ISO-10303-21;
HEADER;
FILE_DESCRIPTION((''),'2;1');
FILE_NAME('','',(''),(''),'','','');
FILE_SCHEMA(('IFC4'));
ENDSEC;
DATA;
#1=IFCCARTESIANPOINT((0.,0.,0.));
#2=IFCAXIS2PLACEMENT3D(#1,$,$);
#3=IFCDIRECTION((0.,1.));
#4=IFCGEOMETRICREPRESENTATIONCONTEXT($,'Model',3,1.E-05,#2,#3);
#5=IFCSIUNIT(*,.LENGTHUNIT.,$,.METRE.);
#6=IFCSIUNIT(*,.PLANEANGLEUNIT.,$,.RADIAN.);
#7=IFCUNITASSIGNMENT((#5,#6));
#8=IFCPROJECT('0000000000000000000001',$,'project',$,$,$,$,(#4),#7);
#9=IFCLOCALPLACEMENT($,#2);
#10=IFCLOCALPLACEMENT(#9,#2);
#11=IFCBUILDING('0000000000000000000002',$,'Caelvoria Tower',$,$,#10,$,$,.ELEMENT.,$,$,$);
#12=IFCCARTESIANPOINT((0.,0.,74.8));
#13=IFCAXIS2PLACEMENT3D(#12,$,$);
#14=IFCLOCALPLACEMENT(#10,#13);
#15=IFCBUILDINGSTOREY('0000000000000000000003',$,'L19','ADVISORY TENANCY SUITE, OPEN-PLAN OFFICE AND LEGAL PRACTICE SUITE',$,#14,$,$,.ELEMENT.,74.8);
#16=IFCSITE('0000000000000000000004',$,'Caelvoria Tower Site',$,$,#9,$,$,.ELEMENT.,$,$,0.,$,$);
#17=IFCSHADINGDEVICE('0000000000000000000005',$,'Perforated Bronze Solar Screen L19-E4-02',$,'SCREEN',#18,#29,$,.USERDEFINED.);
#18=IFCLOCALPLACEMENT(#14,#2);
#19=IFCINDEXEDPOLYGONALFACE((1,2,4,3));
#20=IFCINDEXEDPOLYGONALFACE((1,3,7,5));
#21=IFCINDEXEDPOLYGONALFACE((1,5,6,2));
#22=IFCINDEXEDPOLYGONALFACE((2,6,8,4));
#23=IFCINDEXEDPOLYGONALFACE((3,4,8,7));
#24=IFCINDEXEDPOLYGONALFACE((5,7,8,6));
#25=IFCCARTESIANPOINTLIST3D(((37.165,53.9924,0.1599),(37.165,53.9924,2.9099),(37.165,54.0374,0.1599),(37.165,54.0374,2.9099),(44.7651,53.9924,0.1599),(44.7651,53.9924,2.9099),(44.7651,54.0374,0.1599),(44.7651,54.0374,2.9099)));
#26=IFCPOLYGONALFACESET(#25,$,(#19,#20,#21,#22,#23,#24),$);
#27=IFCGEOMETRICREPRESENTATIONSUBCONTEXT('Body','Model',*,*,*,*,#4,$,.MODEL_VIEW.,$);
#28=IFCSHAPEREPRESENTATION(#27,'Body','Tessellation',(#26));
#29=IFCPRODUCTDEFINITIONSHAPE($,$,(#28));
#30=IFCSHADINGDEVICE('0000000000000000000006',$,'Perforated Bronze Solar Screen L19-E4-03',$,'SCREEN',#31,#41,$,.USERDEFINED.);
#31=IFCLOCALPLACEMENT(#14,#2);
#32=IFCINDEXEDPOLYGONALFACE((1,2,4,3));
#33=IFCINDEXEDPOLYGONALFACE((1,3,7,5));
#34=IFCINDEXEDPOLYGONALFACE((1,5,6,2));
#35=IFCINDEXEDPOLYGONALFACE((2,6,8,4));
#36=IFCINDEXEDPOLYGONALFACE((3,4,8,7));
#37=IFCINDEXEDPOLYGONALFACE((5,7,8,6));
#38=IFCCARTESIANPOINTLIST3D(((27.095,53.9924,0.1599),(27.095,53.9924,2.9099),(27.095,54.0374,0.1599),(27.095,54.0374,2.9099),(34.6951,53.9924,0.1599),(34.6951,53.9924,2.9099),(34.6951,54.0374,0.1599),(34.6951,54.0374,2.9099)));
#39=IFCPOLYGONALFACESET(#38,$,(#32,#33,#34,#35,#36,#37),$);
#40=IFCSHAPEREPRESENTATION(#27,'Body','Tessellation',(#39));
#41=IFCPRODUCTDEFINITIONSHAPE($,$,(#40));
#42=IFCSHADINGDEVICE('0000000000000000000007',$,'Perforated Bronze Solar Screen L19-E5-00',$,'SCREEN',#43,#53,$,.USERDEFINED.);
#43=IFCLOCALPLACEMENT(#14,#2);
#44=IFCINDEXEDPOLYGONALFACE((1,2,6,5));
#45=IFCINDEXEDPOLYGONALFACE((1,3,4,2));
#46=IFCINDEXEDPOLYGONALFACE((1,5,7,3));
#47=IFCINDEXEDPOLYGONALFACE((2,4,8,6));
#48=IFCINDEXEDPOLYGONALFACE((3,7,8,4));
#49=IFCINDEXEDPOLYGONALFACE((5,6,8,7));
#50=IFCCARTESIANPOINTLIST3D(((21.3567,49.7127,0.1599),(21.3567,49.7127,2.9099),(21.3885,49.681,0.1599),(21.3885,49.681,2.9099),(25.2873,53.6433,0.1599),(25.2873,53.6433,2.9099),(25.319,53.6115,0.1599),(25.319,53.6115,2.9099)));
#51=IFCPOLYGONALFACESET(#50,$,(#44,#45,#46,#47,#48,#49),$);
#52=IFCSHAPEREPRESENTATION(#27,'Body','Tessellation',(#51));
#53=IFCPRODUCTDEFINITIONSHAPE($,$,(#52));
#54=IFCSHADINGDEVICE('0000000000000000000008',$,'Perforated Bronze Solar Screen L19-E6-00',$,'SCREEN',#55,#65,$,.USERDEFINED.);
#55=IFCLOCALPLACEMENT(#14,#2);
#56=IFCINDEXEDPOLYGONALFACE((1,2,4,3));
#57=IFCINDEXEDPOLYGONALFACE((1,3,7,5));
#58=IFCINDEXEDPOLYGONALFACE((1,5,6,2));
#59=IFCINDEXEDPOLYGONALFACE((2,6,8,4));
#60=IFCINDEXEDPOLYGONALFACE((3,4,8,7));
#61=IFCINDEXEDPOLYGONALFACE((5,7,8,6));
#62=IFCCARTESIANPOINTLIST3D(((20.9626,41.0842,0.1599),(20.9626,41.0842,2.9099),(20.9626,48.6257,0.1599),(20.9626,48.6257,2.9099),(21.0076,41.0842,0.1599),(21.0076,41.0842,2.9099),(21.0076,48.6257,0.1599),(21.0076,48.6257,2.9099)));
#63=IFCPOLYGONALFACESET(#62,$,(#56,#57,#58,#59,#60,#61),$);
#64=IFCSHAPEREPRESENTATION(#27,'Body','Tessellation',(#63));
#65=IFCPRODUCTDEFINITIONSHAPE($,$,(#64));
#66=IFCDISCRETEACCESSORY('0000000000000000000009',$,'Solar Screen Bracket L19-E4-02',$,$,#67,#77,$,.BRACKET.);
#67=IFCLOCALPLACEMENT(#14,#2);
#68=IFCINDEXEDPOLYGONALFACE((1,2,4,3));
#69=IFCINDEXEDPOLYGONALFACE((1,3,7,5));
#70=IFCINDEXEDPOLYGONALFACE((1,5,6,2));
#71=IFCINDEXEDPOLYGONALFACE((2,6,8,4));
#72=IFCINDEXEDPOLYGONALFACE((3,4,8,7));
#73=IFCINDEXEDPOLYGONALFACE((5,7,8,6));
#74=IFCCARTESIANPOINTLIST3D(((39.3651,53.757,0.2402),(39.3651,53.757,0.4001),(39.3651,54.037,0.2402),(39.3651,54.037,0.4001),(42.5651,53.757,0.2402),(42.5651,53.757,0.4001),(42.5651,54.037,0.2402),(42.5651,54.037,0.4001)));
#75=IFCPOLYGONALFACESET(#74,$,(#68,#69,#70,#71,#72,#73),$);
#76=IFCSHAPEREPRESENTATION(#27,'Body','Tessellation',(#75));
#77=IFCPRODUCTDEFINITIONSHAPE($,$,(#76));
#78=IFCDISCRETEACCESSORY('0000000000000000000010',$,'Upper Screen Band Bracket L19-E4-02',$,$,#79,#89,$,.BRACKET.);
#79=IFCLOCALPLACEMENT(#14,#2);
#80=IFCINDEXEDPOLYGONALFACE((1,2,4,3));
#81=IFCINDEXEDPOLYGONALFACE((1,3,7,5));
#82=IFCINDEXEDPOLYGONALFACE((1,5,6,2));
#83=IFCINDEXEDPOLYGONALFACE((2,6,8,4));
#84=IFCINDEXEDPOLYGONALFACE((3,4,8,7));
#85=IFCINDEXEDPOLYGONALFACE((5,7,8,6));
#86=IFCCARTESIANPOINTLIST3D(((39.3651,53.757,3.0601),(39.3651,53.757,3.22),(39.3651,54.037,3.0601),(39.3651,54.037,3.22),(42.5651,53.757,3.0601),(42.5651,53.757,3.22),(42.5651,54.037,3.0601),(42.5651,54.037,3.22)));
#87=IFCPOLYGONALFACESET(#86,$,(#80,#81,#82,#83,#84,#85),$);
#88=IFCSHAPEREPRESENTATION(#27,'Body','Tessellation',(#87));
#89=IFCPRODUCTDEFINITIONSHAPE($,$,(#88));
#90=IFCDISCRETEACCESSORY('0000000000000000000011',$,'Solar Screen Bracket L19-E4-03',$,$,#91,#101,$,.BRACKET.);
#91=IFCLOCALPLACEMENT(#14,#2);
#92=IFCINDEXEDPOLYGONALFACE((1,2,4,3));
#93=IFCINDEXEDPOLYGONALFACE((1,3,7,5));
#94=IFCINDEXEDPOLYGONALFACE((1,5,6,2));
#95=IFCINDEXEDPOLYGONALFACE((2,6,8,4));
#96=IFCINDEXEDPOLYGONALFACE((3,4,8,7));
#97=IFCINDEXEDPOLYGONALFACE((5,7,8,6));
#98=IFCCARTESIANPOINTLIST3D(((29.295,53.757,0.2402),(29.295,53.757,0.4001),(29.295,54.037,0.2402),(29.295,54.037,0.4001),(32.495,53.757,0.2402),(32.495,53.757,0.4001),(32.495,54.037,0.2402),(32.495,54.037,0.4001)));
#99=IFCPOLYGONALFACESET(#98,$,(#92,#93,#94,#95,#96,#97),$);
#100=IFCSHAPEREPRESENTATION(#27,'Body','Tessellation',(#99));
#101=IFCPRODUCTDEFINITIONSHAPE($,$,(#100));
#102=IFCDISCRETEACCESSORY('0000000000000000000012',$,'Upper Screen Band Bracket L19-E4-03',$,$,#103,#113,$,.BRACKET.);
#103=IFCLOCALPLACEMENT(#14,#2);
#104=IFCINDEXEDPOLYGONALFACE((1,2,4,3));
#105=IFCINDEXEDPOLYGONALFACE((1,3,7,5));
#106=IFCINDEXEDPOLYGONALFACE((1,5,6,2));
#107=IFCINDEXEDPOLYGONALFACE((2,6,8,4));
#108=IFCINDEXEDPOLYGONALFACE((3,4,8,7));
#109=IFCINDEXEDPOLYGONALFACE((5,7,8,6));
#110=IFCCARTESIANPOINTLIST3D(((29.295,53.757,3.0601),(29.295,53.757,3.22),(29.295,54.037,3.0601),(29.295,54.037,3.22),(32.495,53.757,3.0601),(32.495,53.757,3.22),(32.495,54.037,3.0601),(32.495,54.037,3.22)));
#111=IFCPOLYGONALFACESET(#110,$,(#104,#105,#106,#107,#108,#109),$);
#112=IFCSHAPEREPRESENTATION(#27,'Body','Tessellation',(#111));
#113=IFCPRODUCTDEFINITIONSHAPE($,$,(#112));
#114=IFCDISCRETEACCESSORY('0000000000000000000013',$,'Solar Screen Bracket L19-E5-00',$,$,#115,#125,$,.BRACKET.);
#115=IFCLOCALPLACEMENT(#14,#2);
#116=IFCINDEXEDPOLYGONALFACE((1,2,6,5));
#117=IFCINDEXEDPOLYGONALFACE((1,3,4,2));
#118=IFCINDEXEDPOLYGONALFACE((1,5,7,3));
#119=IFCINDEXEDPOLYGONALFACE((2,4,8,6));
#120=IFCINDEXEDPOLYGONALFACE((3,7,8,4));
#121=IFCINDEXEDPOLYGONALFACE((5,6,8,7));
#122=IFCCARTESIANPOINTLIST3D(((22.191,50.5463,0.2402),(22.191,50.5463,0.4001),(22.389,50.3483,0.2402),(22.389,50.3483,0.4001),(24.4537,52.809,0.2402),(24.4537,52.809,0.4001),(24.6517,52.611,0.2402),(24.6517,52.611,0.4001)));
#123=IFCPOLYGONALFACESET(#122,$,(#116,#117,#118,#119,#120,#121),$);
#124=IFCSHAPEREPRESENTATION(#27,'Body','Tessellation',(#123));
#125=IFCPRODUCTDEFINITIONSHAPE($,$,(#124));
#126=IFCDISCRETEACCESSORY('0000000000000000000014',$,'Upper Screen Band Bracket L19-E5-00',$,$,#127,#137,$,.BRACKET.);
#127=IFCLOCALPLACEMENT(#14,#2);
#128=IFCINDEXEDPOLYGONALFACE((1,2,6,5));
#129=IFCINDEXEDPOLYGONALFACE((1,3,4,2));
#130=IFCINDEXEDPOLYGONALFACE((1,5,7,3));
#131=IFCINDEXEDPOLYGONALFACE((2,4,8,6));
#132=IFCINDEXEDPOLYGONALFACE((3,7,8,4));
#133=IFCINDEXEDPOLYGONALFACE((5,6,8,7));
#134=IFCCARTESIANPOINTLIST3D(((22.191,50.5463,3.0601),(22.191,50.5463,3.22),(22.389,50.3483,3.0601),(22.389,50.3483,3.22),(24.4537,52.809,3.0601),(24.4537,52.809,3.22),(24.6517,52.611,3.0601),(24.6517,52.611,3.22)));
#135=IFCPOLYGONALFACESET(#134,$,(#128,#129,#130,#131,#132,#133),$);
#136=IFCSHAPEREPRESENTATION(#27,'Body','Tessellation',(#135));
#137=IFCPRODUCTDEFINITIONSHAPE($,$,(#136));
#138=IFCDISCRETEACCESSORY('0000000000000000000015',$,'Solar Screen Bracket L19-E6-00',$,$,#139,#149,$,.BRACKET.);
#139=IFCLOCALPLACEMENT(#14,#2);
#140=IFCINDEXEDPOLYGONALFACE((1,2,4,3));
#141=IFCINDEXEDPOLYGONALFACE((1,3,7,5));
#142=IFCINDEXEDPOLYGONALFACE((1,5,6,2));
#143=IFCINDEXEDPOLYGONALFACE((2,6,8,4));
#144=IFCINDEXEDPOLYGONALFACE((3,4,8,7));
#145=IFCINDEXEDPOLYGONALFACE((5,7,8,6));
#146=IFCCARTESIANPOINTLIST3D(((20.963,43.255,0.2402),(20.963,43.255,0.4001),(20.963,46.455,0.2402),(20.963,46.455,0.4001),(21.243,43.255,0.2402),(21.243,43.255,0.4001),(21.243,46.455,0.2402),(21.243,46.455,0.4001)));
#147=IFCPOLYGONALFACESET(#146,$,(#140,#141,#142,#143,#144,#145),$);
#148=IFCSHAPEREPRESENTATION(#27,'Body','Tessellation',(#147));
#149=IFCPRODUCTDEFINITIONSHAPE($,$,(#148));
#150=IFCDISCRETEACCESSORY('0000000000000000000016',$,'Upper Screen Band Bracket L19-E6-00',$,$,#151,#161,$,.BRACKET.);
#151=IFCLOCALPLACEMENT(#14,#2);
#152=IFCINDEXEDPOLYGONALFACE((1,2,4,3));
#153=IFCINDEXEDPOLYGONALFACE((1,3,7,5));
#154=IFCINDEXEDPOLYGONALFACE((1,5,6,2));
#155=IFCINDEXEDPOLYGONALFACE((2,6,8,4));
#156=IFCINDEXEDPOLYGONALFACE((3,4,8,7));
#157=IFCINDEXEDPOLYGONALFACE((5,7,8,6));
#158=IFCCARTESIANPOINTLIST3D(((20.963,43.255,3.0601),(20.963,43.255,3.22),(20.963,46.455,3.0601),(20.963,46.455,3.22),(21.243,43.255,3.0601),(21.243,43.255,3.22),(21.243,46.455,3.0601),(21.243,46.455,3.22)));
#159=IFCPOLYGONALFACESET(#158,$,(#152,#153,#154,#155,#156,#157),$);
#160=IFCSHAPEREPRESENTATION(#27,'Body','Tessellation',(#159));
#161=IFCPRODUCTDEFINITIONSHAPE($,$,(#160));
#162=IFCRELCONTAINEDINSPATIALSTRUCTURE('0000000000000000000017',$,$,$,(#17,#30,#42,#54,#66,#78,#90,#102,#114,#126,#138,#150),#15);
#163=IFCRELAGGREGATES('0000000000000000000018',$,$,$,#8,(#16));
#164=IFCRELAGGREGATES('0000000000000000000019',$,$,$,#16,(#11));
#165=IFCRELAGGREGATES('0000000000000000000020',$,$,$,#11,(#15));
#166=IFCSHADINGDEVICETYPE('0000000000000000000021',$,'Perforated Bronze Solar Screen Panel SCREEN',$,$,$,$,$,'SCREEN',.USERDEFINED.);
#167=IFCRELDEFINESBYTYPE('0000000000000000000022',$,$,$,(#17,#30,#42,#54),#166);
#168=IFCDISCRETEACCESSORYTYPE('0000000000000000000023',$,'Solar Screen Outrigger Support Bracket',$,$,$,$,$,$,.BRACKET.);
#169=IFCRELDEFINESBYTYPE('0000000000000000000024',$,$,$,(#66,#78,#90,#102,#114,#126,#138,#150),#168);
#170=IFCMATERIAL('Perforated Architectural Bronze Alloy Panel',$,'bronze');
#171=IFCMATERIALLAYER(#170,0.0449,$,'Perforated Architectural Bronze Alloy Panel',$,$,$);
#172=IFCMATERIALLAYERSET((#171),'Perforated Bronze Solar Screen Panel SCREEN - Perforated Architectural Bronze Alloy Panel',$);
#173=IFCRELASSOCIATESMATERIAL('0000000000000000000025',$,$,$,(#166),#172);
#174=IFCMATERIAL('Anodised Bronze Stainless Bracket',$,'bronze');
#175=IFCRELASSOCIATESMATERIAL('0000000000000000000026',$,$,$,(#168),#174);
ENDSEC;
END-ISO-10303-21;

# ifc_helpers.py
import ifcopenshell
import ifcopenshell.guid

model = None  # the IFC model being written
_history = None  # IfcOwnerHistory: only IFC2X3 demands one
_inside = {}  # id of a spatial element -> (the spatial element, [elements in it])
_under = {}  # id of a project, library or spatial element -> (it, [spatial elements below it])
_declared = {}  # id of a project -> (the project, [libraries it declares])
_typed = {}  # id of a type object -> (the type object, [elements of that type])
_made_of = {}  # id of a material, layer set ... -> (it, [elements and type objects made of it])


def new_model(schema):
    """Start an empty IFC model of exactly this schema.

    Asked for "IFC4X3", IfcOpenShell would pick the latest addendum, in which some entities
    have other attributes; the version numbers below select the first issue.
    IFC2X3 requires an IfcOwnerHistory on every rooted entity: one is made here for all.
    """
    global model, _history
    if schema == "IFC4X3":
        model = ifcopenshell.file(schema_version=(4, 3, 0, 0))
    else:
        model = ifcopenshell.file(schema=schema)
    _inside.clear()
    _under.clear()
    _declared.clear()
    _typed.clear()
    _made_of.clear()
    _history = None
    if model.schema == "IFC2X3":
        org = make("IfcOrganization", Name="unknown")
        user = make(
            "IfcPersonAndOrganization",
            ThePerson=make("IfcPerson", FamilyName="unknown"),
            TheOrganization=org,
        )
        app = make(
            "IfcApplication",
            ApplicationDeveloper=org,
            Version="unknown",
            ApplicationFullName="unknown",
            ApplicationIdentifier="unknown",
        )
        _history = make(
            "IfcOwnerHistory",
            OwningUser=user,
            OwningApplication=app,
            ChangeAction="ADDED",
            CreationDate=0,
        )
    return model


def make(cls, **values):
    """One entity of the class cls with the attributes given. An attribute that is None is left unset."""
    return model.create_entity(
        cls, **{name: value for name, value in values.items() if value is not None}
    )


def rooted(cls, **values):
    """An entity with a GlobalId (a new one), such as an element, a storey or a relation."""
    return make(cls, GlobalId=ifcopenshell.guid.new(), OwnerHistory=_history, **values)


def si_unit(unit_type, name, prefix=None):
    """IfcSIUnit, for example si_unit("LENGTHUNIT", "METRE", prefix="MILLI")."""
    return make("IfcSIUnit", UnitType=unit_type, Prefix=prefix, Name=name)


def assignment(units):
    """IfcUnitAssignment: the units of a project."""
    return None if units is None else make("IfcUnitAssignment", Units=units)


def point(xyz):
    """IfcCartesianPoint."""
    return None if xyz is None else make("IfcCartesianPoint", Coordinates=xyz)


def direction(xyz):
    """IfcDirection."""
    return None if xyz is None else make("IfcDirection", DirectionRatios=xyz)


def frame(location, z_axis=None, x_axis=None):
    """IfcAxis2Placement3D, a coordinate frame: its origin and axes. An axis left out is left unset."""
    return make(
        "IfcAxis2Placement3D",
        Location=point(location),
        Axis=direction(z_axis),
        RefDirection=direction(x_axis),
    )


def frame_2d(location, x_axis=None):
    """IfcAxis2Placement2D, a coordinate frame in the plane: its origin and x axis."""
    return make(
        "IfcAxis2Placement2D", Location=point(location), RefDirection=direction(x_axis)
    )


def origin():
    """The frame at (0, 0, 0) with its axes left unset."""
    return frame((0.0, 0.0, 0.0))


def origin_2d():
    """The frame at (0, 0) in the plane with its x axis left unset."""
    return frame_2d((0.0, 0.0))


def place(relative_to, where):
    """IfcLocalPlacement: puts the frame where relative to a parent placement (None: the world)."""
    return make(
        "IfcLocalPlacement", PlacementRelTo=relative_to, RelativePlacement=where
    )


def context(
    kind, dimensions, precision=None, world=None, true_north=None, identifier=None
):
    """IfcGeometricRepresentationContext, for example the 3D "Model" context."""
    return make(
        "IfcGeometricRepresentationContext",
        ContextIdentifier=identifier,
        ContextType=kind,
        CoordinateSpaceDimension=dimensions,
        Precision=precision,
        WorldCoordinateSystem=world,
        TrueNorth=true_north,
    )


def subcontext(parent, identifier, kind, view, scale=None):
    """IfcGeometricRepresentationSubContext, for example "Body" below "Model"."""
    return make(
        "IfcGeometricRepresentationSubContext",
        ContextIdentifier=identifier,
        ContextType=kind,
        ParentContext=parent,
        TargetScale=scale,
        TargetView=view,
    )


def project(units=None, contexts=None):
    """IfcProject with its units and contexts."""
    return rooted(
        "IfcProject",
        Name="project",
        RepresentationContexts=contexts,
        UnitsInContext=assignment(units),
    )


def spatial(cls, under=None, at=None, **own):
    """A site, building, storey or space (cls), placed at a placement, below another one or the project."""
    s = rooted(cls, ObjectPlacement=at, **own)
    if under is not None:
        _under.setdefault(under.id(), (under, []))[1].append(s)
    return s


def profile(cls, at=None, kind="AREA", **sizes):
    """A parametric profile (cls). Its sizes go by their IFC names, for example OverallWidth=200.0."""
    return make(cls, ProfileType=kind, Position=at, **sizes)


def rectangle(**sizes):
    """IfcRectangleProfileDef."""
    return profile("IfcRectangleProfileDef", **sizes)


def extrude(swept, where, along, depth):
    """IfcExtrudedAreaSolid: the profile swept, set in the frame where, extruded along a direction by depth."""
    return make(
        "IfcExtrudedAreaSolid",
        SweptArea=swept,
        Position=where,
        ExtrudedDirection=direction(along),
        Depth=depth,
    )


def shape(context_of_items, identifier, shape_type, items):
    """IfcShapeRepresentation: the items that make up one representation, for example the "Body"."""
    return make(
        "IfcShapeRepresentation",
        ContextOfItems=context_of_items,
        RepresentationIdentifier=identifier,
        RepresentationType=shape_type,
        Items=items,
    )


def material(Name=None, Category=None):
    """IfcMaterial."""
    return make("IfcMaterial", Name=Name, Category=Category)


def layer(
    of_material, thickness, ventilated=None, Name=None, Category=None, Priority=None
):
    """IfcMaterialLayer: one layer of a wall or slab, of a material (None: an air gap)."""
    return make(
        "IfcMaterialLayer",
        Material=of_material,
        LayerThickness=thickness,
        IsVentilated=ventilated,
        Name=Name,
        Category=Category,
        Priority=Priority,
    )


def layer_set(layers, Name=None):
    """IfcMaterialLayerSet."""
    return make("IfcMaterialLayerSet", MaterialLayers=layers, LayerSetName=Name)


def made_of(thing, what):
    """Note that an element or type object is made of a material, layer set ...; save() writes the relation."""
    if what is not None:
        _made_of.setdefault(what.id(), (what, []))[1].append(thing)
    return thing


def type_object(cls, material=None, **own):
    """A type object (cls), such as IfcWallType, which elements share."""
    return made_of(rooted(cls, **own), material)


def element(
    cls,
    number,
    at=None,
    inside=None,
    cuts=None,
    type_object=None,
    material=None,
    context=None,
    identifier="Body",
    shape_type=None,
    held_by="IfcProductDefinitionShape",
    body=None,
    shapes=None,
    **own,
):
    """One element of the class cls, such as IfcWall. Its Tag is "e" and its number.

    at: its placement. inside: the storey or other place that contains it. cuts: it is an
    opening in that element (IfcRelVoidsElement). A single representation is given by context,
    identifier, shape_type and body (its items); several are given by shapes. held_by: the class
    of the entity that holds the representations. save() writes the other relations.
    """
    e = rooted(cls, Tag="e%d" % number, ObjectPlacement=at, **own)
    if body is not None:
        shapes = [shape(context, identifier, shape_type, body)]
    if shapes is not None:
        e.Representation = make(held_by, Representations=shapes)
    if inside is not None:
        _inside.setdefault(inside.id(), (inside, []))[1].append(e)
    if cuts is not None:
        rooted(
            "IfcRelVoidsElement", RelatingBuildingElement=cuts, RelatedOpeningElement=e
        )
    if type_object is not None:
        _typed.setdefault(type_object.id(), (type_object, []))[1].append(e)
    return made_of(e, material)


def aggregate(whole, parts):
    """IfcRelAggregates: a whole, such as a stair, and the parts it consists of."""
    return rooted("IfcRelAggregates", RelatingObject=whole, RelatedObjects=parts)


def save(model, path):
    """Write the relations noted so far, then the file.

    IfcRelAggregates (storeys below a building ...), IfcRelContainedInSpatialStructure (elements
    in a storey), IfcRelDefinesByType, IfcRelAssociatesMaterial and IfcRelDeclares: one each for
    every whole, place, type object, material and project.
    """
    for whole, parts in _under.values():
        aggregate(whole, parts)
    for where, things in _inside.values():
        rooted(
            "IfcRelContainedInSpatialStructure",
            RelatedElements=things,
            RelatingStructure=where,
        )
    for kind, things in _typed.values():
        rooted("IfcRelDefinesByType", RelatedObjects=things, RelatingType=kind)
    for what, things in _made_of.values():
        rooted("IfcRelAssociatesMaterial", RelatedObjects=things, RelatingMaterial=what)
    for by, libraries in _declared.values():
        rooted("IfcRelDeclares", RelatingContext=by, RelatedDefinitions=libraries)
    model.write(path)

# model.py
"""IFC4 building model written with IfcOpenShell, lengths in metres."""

from ifc_helpers import new_model, si_unit, direction, frame, origin, origin_2d, place, context, subcontext, project, spatial, rectangle, extrude, material, layer, layer_set, type_object, element, save


model = new_model("IFC4")

# Units and contexts
model_context = context("Model", 3, precision=1e-05, world=origin(), true_north=direction((0.0, 1.0)))
body_context = subcontext(model_context, "Body", "Model", "MODEL_VIEW")
ifc_project = project(units=[si_unit("LENGTHUNIT", "METRE"), si_unit("PLANEANGLEUNIT", "RADIAN")], contexts=[model_context])

# Site, building, storey
site_placement = place(None, origin())
site = spatial("IfcSite", under=ifc_project, at=site_placement, Name="Caelvoria Tower Site", CompositionType="ELEMENT", RefElevation=0.0)
building_placement = place(site_placement, origin())
building = spatial("IfcBuilding", under=site, at=building_placement, Name="Caelvoria Tower", CompositionType="ELEMENT")
storey_placement = place(building_placement, frame((0.0, 0.0, 74.8)))
storey = spatial("IfcBuildingStorey", under=building, at=storey_placement, Name="L19", Description="ADVISORY TENANCY SUITE, OPEN-PLAN OFFICE AND LEGAL PRACTICE SUITE", CompositionType="ELEMENT", Elevation=74.8)

# Shading devices
ifc_material_1 = material(Name="Perforated Architectural Bronze Alloy Panel", Category="bronze")
ifc_layer_1 = layer(ifc_material_1, 0.0449, Name="Perforated Architectural Bronze Alloy Panel")
ifc_layer_set_1 = layer_set([ifc_layer_1], Name="Perforated Bronze Solar Screen Panel SCREEN - Perforated Architectural Bronze Alloy Panel")
shading_device_type = type_object("IfcShadingDeviceType", Name="Perforated Bronze Solar Screen Panel SCREEN", ElementType="SCREEN", PredefinedType="USERDEFINED", material=ifc_layer_set_1)
for number, where, z_axis, x_axis, name in (
    (1, (40.9651, 54.0149, 0.1599), (0.0, 0.0, 1.0), (-1.0, 0.0, 0.0), "Perforated Bronze Solar Screen L19-E4-02"),
    (2, (30.895, 54.0149, 0.1599), (0.0, 0.0, 1.0), (-1.0, 0.0, 0.0), "Perforated Bronze Solar Screen L19-E4-03"),
):
    element("IfcShadingDevice", number, at=place(storey_placement, frame(where, z_axis=z_axis, x_axis=x_axis)), inside=storey, type_object=shading_device_type, Name=name, ObjectType="SCREEN", PredefinedType="USERDEFINED", context=body_context, shape_type="SweptSolid", body=[
        extrude(rectangle(XDim=7.6001, YDim=0.0449, at=origin_2d()), origin(), (0.0, 0.0, 1.0), 2.75),
    ])
shading_device_1_placement = place(storey_placement, frame((23.3379, 51.6621, 0.1599), z_axis=(0.0, 0.0, 1.0), x_axis=(-0.707107, -0.707107, 0.0)))
element("IfcShadingDevice", 3, at=shading_device_1_placement, inside=storey, type_object=shading_device_type, Name="Perforated Bronze Solar Screen L19-E5-00", ObjectType="SCREEN", PredefinedType="USERDEFINED", context=body_context, shape_type="SweptSolid", body=[
    extrude(rectangle(XDim=5.5586, YDim=0.0449, at=origin_2d()), origin(), (0.0, 0.0, 1.0), 2.75),
])
shading_device_2_placement = place(storey_placement, frame((20.9851, 44.855, 0.1599), z_axis=(0.0, 0.0, 1.0), x_axis=(0.0, -1.0, 0.0)))
element("IfcShadingDevice", 4, at=shading_device_2_placement, inside=storey, type_object=shading_device_type, Name="Perforated Bronze Solar Screen L19-E6-00", ObjectType="SCREEN", PredefinedType="USERDEFINED", context=body_context, shape_type="SweptSolid", body=[
    extrude(rectangle(XDim=7.5415, YDim=0.0449, at=origin_2d()), origin(), (0.0, 0.0, 1.0), 2.75),
])

# Discrete accessories
ifc_material_2 = material(Name="Anodised Bronze Stainless Bracket", Category="bronze")
discrete_accessory_type = type_object("IfcDiscreteAccessoryType", Name="Solar Screen Outrigger Support Bracket", PredefinedType="BRACKET", material=ifc_material_2)
for number, where, z_axis, x_axis, name in (
    (5, (40.9651, 53.897, 0.2402), (0.0, 0.0, 1.0), (-1.0, 0.0, 0.0), "Solar Screen Bracket L19-E4-02"),
    (6, (40.9651, 53.897, 3.0601), (0.0, 0.0, 1.0), (-1.0, 0.0, 0.0), "Upper Screen Band Bracket L19-E4-02"),
    (7, (30.895, 53.897, 0.2402), (0.0, 0.0, 1.0), (-1.0, 0.0, 0.0), "Solar Screen Bracket L19-E4-03"),
    (8, (30.895, 53.897, 3.0601), (0.0, 0.0, 1.0), (-1.0, 0.0, 0.0), "Upper Screen Band Bracket L19-E4-03"),
    (9, (23.4214, 51.5786, 0.2402), (0.0, 0.0, 1.0), (-0.707107, -0.707107, 0.0), "Solar Screen Bracket L19-E5-00"),
    (10, (23.4214, 51.5786, 3.0601), (0.0, 0.0, 1.0), (-0.707107, -0.707107, 0.0), "Upper Screen Band Bracket L19-E5-00"),
    (11, (21.103, 44.855, 0.2402), (0.0, 0.0, 1.0), (0.0, -1.0, 0.0), "Solar Screen Bracket L19-E6-00"),
    (12, (21.103, 44.855, 3.0601), (0.0, 0.0, 1.0), (0.0, -1.0, 0.0), "Upper Screen Band Bracket L19-E6-00"),
):
    element("IfcDiscreteAccessory", number, at=place(storey_placement, frame(where, z_axis=z_axis, x_axis=x_axis)), inside=storey, type_object=discrete_accessory_type, Name=name, PredefinedType="BRACKET", context=body_context, shape_type="SweptSolid", body=[
        extrude(rectangle(XDim=3.2, YDim=0.28, at=origin_2d()), origin(), (0.0, 0.0, 1.0), 0.1599),
    ])

save(model, "model.ifc")
